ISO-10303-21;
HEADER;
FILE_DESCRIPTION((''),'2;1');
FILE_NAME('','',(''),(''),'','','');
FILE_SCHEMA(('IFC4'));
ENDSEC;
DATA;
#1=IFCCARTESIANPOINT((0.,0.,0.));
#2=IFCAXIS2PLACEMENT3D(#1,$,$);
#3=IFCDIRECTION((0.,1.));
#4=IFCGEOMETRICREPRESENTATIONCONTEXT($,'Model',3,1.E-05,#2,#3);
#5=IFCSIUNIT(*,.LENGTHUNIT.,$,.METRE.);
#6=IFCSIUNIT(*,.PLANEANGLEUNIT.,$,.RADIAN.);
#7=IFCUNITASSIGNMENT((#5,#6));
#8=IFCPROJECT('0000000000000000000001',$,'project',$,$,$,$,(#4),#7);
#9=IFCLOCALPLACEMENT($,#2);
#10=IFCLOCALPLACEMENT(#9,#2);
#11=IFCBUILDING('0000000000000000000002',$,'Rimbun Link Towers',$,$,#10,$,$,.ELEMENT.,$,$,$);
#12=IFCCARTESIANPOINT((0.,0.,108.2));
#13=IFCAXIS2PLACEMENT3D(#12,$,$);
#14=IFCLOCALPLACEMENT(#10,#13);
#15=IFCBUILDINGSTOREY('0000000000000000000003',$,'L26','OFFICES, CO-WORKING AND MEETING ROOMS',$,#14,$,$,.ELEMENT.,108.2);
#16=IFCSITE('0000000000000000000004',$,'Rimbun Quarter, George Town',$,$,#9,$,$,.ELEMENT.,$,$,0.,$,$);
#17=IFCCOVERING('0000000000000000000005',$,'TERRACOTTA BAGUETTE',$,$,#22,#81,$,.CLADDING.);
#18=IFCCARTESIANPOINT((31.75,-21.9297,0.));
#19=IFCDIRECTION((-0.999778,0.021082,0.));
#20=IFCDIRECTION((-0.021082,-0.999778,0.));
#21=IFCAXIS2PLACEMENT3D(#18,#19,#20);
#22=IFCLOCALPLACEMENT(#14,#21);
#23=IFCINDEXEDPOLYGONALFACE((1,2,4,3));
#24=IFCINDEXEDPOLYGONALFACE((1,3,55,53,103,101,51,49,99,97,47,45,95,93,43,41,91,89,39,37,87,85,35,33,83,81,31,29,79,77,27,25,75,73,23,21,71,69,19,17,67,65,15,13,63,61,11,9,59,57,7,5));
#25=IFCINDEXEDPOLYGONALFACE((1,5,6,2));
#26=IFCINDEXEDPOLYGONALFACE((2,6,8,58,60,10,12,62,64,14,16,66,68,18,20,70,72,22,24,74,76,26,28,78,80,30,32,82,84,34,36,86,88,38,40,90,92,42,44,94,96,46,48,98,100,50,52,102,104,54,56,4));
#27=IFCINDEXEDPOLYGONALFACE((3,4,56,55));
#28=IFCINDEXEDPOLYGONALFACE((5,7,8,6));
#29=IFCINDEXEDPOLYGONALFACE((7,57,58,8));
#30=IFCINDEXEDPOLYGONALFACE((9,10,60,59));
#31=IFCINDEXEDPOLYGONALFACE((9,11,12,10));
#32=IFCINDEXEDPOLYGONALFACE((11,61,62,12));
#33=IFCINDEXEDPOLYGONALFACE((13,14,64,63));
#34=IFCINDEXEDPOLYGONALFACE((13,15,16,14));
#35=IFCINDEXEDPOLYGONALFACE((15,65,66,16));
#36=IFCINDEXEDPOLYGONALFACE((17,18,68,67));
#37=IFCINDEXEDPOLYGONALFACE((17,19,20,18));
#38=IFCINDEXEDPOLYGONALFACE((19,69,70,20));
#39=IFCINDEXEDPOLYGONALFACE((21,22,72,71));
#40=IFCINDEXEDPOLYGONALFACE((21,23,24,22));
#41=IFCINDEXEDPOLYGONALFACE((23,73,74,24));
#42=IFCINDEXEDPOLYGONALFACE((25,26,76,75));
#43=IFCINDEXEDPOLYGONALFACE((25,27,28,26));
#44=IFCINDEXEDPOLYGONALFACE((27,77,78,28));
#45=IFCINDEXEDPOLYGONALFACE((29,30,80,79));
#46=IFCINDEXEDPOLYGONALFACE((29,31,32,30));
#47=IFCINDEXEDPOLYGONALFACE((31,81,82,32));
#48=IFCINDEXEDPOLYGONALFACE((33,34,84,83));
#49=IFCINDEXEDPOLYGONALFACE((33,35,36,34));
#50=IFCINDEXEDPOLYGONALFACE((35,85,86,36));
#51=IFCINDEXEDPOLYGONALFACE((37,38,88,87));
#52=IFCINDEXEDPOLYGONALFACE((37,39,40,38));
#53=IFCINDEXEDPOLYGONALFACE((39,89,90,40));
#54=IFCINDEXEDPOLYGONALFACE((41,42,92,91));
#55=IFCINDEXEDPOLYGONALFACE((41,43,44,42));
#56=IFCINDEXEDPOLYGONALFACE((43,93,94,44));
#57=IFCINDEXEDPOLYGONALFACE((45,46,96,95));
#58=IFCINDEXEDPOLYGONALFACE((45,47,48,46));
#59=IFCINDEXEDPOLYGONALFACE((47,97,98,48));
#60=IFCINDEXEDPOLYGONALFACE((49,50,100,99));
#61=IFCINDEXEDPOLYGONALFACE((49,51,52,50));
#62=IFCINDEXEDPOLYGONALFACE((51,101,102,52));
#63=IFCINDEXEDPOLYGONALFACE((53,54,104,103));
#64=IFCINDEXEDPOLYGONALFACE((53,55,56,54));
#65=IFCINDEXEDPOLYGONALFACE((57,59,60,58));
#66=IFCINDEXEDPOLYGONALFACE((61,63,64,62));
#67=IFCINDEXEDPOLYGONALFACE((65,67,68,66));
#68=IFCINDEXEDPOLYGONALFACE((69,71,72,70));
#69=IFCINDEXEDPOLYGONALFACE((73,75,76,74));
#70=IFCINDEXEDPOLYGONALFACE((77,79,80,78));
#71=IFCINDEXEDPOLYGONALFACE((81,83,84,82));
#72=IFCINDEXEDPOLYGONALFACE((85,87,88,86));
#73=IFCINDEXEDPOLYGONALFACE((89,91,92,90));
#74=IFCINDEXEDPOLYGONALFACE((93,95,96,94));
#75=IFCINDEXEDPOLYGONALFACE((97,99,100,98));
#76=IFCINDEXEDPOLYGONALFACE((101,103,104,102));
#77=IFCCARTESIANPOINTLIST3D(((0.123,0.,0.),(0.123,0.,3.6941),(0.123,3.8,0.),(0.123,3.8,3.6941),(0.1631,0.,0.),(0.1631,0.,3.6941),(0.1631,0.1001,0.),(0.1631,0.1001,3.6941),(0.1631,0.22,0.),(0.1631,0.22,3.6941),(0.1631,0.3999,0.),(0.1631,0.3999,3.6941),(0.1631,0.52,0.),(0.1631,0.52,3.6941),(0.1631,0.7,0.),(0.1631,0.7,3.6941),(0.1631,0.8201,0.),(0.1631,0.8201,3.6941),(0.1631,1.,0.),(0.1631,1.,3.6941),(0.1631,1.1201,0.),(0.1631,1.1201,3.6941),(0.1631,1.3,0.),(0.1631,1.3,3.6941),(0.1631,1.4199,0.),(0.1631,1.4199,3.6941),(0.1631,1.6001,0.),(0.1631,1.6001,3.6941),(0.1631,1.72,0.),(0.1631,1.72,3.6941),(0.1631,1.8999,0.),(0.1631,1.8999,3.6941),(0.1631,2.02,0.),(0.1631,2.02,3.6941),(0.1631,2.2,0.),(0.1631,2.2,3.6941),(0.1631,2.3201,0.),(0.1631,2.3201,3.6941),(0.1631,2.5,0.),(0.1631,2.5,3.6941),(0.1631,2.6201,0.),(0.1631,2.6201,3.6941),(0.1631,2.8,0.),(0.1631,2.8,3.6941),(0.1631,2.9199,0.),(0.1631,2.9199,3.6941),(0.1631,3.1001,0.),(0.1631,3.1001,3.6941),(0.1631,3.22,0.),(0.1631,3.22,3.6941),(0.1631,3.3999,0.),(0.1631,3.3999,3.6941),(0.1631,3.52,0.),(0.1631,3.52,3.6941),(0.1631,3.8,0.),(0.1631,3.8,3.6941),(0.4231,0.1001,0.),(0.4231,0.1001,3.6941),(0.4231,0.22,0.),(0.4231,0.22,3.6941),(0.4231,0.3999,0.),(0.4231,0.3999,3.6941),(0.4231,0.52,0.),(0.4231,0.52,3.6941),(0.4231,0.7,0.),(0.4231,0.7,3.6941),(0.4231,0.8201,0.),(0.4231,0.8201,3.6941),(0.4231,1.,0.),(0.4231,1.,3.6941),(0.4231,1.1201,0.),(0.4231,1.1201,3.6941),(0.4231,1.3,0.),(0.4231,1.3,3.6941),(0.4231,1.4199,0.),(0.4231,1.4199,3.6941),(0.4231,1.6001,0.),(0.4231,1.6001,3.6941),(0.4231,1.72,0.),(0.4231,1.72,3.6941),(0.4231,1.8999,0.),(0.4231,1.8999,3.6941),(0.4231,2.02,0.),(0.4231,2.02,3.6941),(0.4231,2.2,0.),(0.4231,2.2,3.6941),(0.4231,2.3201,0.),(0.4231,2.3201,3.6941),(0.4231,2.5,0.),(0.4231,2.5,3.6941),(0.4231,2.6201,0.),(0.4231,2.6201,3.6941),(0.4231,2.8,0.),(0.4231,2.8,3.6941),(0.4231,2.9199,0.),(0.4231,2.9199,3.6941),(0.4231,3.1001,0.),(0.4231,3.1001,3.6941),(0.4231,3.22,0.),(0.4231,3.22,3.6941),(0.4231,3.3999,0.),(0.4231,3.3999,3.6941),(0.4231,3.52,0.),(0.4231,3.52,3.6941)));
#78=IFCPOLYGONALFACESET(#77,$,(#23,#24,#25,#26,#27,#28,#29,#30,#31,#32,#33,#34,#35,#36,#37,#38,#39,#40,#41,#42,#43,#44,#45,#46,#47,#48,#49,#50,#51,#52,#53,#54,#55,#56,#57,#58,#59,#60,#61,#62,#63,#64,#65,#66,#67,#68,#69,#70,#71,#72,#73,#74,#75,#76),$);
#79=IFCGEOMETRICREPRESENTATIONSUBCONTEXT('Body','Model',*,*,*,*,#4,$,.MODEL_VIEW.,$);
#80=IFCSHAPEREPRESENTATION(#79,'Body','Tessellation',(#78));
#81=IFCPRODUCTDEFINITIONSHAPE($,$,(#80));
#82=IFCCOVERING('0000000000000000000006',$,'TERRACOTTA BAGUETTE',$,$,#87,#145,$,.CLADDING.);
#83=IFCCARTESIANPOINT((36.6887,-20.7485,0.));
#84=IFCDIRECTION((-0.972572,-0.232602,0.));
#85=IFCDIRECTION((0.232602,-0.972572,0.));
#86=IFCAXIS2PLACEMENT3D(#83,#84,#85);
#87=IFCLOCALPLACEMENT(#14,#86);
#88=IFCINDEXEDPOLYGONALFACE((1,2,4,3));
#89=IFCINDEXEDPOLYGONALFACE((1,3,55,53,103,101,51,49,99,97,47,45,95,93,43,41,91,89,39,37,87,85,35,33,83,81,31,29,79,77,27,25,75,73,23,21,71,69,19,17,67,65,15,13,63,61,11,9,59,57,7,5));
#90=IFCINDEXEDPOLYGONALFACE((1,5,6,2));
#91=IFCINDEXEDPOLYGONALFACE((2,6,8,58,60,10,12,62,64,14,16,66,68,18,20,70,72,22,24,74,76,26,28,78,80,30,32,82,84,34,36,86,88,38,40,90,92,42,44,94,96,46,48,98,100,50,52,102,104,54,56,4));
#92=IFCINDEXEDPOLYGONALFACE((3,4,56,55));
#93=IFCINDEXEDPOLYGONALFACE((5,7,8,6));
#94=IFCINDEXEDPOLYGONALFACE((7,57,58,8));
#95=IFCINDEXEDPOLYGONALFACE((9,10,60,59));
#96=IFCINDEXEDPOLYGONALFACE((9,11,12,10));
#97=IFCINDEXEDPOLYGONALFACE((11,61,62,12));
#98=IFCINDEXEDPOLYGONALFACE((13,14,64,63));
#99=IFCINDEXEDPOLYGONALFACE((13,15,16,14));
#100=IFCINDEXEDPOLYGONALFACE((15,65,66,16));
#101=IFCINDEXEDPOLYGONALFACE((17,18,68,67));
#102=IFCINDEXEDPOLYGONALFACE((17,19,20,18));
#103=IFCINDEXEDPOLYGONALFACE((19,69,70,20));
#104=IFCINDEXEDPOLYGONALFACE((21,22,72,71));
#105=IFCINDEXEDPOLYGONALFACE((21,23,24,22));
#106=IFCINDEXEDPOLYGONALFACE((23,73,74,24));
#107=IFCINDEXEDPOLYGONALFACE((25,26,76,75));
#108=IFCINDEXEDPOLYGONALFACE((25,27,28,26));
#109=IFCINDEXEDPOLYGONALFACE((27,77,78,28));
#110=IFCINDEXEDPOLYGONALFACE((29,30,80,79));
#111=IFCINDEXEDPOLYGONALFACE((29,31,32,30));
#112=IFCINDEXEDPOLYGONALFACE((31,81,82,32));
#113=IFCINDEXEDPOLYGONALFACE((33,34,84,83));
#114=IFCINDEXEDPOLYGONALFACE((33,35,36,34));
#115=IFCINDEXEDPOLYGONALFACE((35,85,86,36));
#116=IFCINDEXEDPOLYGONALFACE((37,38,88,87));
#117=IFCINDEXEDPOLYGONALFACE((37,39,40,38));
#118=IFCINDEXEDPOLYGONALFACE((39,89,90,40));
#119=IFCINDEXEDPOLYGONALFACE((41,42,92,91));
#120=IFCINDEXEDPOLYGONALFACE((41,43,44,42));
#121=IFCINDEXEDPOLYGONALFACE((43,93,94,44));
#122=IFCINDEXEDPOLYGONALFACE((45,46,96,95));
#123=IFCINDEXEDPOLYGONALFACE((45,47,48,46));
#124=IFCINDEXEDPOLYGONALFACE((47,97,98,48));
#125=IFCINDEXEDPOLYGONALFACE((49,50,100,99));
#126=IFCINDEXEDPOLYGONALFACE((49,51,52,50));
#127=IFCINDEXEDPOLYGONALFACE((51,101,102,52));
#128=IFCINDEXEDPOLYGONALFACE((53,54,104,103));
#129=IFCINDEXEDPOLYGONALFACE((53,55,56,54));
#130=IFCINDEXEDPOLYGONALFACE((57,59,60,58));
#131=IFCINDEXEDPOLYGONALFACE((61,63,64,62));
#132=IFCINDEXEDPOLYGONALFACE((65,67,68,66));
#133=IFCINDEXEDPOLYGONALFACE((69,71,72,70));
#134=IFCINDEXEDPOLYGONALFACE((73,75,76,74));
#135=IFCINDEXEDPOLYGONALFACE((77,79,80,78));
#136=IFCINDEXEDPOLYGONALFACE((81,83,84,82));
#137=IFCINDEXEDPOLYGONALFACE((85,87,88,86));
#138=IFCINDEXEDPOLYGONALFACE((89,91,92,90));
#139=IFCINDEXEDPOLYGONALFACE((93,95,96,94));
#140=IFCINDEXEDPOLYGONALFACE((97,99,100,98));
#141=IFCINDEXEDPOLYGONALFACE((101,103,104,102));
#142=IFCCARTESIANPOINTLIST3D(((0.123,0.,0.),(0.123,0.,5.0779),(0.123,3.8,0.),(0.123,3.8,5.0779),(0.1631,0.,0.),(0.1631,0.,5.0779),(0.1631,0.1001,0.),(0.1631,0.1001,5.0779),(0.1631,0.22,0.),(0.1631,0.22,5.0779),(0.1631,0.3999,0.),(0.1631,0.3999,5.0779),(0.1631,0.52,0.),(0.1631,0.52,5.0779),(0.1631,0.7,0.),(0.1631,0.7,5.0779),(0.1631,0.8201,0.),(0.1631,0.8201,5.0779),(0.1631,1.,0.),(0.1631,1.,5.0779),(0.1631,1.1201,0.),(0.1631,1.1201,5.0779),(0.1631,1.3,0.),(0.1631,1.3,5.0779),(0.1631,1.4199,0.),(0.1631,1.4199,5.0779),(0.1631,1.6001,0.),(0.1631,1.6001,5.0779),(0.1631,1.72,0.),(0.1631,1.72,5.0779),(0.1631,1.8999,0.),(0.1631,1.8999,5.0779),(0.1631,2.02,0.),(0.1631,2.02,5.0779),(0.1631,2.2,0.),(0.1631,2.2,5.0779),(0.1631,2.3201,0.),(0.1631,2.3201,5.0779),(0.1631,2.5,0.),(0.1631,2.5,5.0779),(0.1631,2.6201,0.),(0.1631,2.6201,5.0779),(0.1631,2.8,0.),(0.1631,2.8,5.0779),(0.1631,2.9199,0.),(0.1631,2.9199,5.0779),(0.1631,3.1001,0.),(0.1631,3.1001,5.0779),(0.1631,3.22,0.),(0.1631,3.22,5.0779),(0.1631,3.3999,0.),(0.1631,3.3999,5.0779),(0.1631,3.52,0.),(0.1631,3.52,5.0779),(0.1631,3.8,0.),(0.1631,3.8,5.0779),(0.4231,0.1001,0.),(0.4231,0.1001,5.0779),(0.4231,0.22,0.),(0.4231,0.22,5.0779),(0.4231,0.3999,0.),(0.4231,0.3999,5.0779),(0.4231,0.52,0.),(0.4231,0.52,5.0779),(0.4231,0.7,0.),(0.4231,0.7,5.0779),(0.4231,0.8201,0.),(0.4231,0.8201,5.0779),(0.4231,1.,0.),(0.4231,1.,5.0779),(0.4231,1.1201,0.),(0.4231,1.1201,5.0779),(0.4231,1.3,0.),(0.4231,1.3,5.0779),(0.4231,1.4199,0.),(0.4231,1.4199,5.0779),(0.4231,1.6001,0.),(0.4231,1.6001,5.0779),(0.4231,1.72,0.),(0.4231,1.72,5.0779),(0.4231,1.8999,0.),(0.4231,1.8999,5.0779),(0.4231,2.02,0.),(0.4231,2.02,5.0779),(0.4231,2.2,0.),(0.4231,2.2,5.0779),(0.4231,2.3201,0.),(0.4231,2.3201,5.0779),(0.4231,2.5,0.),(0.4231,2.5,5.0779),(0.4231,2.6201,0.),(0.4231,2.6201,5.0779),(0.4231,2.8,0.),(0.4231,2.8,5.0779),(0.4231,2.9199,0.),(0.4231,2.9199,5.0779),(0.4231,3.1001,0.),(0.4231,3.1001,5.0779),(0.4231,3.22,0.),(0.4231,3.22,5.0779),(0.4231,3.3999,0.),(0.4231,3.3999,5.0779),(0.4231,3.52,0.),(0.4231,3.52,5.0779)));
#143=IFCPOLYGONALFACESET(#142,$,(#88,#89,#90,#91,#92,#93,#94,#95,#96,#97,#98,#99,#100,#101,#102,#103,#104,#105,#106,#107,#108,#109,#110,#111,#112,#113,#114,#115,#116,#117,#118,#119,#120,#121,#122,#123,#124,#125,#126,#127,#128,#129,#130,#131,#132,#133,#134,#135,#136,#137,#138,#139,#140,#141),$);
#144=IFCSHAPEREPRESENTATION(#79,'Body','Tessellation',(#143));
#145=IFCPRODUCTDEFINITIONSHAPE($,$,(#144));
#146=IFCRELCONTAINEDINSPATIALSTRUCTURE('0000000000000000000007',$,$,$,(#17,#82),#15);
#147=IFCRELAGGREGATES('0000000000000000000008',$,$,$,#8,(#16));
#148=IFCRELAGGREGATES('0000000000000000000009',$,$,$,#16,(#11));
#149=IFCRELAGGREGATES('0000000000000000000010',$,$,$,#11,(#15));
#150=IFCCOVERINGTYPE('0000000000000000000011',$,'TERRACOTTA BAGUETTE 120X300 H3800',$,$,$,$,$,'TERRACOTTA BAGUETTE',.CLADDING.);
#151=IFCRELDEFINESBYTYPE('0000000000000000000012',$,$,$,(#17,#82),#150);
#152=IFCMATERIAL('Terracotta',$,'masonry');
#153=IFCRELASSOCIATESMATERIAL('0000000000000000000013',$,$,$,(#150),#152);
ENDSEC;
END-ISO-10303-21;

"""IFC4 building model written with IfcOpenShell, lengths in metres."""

from ifc_helpers import new_model, si_unit, direction, frame, origin, place, context, subcontext, project, spatial, polyline, outline, extrude, material, material_profile, profile_set, type_object, element, save


model = new_model("IFC4")

# Units and contexts
model_context = context("Model", 3, precision=1e-05, world=origin(), true_north=direction((0.0, 1.0)))
body_context = subcontext(model_context, "Body", "Model", "MODEL_VIEW")
ifc_project = project(units=[si_unit("LENGTHUNIT", "METRE"), si_unit("PLANEANGLEUNIT", "RADIAN")], contexts=[model_context])

# Site, building, storey
site_placement = place(None, origin())
site = spatial("IfcSite", under=ifc_project, at=site_placement, Name="Rimbun Quarter, George Town", CompositionType="ELEMENT", RefElevation=0.0)
building_placement = place(site_placement, origin())
building = spatial("IfcBuilding", under=site, at=building_placement, Name="Rimbun Link Towers", CompositionType="ELEMENT")
storey_placement = place(building_placement, frame((0.0, 0.0, 108.2)))
storey = spatial("IfcBuildingStorey", under=building, at=storey_placement, Name="L26", Description="OFFICES, CO-WORKING AND MEETING ROOMS", CompositionType="ELEMENT", Elevation=108.2)

# Coverings
ifc_material_1 = material(Name="Terracotta", Category="masonry")
ifc_material_profile_1 = material_profile(ifc_material_1, outline(polyline([(0.123, 0.0), (0.1631, 0.0), (0.1631, 0.1001), (0.4231, 0.1001), (0.4231, 0.22), (0.1631, 0.22), (0.1631, 0.3999), (0.4231, 0.3999), (0.4231, 0.52), (0.1631, 0.52), (0.1631, 0.7), (0.4231, 0.7), (0.4231, 0.8201), (0.1631, 0.8201), (0.1631, 1.0), (0.4231, 1.0), (0.4231, 1.1201), (0.1631, 1.1201), (0.1631, 1.3), (0.4231, 1.3), (0.4231, 1.4199), (0.1631, 1.4199), (0.1631, 1.6001), (0.4231, 1.6001), (0.4231, 1.72), (0.1631, 1.72), (0.1631, 1.8999), (0.4231, 1.8999), (0.4231, 2.02), (0.1631, 2.02), (0.1631, 2.2), (0.4231, 2.2), (0.4231, 2.3201), (0.1631, 2.3201), (0.1631, 2.5), (0.4231, 2.5), (0.4231, 2.6201), (0.1631, 2.6201), (0.1631, 2.8), (0.4231, 2.8), (0.4231, 2.9199), (0.1631, 2.9199), (0.1631, 3.1001), (0.4231, 3.1001), (0.4231, 3.22), (0.1631, 3.22), (0.1631, 3.3999), (0.4231, 3.3999), (0.4231, 3.52), (0.1631, 3.52), (0.1631, 3.8), (0.123, 3.8), (0.123, 0.0)])), Name="BAGUETTE 120X300")
ifc_profile_set_1 = profile_set([ifc_material_profile_1], Name="Terracotta")
covering_type = type_object("IfcCoveringType", Name="TERRACOTTA BAGUETTE 120X300 H3800", ElementType="TERRACOTTA BAGUETTE", PredefinedType="CLADDING", material=ifc_profile_set_1)
covering_1_placement = place(storey_placement, frame((31.75, -21.9297, 0.0), z_axis=(-0.999778, 0.021082, 0.0), x_axis=(-0.021082, -0.999778, 0.0)))
element("IfcCovering", 1, at=covering_1_placement, inside=storey, type_object=covering_type, Name="TERRACOTTA BAGUETTE", PredefinedType="CLADDING", context=body_context, shape_type="SweptSolid", body=[
    extrude(outline(polyline([(0.123, 0.0), (0.1631, 0.0), (0.1631, 0.1001), (0.4231, 0.1001), (0.4231, 0.22), (0.1631, 0.22), (0.1631, 0.3999), (0.4231, 0.3999), (0.4231, 0.52), (0.1631, 0.52), (0.1631, 0.7), (0.4231, 0.7), (0.4231, 0.8201), (0.1631, 0.8201), (0.1631, 1.0), (0.4231, 1.0), (0.4231, 1.1201), (0.1631, 1.1201), (0.1631, 1.3), (0.4231, 1.3), (0.4231, 1.4199), (0.1631, 1.4199), (0.1631, 1.6001), (0.4231, 1.6001), (0.4231, 1.72), (0.1631, 1.72), (0.1631, 1.8999), (0.4231, 1.8999), (0.4231, 2.02), (0.1631, 2.02), (0.1631, 2.2), (0.4231, 2.2), (0.4231, 2.3201), (0.1631, 2.3201), (0.1631, 2.5), (0.4231, 2.5), (0.4231, 2.6201), (0.1631, 2.6201), (0.1631, 2.8), (0.4231, 2.8), (0.4231, 2.9199), (0.1631, 2.9199), (0.1631, 3.1001), (0.4231, 3.1001), (0.4231, 3.22), (0.1631, 3.22), (0.1631, 3.3999), (0.4231, 3.3999), (0.4231, 3.52), (0.1631, 3.52), (0.1631, 3.8), (0.123, 3.8), (0.123, 0.0)])), origin(), (0.0, 0.0, 1.0), 3.6941),
])
covering_2_placement = place(storey_placement, frame((36.6887, -20.7485, 0.0), z_axis=(-0.972572, -0.232602, 0.0), x_axis=(0.232602, -0.972572, 0.0)))
element("IfcCovering", 2, at=covering_2_placement, inside=storey, type_object=covering_type, Name="TERRACOTTA BAGUETTE", PredefinedType="CLADDING", context=body_context, shape_type="SweptSolid", body=[
    extrude(outline(polyline([(0.123, 0.0), (0.1631, 0.0), (0.1631, 0.1001), (0.4231, 0.1001), (0.4231, 0.22), (0.1631, 0.22), (0.1631, 0.3999), (0.4231, 0.3999), (0.4231, 0.52), (0.1631, 0.52), (0.1631, 0.7), (0.4231, 0.7), (0.4231, 0.8201), (0.1631, 0.8201), (0.1631, 1.0), (0.4231, 1.0), (0.4231, 1.1201), (0.1631, 1.1201), (0.1631, 1.3), (0.4231, 1.3), (0.4231, 1.4199), (0.1631, 1.4199), (0.1631, 1.6001), (0.4231, 1.6001), (0.4231, 1.72), (0.1631, 1.72), (0.1631, 1.8999), (0.4231, 1.8999), (0.4231, 2.02), (0.1631, 2.02), (0.1631, 2.2), (0.4231, 2.2), (0.4231, 2.3201), (0.1631, 2.3201), (0.1631, 2.5), (0.4231, 2.5), (0.4231, 2.6201), (0.1631, 2.6201), (0.1631, 2.8), (0.4231, 2.8), (0.4231, 2.9199), (0.1631, 2.9199), (0.1631, 3.1001), (0.4231, 3.1001), (0.4231, 3.22), (0.1631, 3.22), (0.1631, 3.3999), (0.4231, 3.3999), (0.4231, 3.52), (0.1631, 3.52), (0.1631, 3.8), (0.123, 3.8), (0.123, 0.0)])), origin(), (0.0, 0.0, 1.0), 5.0779),
])

save(model, "model.ifc")
